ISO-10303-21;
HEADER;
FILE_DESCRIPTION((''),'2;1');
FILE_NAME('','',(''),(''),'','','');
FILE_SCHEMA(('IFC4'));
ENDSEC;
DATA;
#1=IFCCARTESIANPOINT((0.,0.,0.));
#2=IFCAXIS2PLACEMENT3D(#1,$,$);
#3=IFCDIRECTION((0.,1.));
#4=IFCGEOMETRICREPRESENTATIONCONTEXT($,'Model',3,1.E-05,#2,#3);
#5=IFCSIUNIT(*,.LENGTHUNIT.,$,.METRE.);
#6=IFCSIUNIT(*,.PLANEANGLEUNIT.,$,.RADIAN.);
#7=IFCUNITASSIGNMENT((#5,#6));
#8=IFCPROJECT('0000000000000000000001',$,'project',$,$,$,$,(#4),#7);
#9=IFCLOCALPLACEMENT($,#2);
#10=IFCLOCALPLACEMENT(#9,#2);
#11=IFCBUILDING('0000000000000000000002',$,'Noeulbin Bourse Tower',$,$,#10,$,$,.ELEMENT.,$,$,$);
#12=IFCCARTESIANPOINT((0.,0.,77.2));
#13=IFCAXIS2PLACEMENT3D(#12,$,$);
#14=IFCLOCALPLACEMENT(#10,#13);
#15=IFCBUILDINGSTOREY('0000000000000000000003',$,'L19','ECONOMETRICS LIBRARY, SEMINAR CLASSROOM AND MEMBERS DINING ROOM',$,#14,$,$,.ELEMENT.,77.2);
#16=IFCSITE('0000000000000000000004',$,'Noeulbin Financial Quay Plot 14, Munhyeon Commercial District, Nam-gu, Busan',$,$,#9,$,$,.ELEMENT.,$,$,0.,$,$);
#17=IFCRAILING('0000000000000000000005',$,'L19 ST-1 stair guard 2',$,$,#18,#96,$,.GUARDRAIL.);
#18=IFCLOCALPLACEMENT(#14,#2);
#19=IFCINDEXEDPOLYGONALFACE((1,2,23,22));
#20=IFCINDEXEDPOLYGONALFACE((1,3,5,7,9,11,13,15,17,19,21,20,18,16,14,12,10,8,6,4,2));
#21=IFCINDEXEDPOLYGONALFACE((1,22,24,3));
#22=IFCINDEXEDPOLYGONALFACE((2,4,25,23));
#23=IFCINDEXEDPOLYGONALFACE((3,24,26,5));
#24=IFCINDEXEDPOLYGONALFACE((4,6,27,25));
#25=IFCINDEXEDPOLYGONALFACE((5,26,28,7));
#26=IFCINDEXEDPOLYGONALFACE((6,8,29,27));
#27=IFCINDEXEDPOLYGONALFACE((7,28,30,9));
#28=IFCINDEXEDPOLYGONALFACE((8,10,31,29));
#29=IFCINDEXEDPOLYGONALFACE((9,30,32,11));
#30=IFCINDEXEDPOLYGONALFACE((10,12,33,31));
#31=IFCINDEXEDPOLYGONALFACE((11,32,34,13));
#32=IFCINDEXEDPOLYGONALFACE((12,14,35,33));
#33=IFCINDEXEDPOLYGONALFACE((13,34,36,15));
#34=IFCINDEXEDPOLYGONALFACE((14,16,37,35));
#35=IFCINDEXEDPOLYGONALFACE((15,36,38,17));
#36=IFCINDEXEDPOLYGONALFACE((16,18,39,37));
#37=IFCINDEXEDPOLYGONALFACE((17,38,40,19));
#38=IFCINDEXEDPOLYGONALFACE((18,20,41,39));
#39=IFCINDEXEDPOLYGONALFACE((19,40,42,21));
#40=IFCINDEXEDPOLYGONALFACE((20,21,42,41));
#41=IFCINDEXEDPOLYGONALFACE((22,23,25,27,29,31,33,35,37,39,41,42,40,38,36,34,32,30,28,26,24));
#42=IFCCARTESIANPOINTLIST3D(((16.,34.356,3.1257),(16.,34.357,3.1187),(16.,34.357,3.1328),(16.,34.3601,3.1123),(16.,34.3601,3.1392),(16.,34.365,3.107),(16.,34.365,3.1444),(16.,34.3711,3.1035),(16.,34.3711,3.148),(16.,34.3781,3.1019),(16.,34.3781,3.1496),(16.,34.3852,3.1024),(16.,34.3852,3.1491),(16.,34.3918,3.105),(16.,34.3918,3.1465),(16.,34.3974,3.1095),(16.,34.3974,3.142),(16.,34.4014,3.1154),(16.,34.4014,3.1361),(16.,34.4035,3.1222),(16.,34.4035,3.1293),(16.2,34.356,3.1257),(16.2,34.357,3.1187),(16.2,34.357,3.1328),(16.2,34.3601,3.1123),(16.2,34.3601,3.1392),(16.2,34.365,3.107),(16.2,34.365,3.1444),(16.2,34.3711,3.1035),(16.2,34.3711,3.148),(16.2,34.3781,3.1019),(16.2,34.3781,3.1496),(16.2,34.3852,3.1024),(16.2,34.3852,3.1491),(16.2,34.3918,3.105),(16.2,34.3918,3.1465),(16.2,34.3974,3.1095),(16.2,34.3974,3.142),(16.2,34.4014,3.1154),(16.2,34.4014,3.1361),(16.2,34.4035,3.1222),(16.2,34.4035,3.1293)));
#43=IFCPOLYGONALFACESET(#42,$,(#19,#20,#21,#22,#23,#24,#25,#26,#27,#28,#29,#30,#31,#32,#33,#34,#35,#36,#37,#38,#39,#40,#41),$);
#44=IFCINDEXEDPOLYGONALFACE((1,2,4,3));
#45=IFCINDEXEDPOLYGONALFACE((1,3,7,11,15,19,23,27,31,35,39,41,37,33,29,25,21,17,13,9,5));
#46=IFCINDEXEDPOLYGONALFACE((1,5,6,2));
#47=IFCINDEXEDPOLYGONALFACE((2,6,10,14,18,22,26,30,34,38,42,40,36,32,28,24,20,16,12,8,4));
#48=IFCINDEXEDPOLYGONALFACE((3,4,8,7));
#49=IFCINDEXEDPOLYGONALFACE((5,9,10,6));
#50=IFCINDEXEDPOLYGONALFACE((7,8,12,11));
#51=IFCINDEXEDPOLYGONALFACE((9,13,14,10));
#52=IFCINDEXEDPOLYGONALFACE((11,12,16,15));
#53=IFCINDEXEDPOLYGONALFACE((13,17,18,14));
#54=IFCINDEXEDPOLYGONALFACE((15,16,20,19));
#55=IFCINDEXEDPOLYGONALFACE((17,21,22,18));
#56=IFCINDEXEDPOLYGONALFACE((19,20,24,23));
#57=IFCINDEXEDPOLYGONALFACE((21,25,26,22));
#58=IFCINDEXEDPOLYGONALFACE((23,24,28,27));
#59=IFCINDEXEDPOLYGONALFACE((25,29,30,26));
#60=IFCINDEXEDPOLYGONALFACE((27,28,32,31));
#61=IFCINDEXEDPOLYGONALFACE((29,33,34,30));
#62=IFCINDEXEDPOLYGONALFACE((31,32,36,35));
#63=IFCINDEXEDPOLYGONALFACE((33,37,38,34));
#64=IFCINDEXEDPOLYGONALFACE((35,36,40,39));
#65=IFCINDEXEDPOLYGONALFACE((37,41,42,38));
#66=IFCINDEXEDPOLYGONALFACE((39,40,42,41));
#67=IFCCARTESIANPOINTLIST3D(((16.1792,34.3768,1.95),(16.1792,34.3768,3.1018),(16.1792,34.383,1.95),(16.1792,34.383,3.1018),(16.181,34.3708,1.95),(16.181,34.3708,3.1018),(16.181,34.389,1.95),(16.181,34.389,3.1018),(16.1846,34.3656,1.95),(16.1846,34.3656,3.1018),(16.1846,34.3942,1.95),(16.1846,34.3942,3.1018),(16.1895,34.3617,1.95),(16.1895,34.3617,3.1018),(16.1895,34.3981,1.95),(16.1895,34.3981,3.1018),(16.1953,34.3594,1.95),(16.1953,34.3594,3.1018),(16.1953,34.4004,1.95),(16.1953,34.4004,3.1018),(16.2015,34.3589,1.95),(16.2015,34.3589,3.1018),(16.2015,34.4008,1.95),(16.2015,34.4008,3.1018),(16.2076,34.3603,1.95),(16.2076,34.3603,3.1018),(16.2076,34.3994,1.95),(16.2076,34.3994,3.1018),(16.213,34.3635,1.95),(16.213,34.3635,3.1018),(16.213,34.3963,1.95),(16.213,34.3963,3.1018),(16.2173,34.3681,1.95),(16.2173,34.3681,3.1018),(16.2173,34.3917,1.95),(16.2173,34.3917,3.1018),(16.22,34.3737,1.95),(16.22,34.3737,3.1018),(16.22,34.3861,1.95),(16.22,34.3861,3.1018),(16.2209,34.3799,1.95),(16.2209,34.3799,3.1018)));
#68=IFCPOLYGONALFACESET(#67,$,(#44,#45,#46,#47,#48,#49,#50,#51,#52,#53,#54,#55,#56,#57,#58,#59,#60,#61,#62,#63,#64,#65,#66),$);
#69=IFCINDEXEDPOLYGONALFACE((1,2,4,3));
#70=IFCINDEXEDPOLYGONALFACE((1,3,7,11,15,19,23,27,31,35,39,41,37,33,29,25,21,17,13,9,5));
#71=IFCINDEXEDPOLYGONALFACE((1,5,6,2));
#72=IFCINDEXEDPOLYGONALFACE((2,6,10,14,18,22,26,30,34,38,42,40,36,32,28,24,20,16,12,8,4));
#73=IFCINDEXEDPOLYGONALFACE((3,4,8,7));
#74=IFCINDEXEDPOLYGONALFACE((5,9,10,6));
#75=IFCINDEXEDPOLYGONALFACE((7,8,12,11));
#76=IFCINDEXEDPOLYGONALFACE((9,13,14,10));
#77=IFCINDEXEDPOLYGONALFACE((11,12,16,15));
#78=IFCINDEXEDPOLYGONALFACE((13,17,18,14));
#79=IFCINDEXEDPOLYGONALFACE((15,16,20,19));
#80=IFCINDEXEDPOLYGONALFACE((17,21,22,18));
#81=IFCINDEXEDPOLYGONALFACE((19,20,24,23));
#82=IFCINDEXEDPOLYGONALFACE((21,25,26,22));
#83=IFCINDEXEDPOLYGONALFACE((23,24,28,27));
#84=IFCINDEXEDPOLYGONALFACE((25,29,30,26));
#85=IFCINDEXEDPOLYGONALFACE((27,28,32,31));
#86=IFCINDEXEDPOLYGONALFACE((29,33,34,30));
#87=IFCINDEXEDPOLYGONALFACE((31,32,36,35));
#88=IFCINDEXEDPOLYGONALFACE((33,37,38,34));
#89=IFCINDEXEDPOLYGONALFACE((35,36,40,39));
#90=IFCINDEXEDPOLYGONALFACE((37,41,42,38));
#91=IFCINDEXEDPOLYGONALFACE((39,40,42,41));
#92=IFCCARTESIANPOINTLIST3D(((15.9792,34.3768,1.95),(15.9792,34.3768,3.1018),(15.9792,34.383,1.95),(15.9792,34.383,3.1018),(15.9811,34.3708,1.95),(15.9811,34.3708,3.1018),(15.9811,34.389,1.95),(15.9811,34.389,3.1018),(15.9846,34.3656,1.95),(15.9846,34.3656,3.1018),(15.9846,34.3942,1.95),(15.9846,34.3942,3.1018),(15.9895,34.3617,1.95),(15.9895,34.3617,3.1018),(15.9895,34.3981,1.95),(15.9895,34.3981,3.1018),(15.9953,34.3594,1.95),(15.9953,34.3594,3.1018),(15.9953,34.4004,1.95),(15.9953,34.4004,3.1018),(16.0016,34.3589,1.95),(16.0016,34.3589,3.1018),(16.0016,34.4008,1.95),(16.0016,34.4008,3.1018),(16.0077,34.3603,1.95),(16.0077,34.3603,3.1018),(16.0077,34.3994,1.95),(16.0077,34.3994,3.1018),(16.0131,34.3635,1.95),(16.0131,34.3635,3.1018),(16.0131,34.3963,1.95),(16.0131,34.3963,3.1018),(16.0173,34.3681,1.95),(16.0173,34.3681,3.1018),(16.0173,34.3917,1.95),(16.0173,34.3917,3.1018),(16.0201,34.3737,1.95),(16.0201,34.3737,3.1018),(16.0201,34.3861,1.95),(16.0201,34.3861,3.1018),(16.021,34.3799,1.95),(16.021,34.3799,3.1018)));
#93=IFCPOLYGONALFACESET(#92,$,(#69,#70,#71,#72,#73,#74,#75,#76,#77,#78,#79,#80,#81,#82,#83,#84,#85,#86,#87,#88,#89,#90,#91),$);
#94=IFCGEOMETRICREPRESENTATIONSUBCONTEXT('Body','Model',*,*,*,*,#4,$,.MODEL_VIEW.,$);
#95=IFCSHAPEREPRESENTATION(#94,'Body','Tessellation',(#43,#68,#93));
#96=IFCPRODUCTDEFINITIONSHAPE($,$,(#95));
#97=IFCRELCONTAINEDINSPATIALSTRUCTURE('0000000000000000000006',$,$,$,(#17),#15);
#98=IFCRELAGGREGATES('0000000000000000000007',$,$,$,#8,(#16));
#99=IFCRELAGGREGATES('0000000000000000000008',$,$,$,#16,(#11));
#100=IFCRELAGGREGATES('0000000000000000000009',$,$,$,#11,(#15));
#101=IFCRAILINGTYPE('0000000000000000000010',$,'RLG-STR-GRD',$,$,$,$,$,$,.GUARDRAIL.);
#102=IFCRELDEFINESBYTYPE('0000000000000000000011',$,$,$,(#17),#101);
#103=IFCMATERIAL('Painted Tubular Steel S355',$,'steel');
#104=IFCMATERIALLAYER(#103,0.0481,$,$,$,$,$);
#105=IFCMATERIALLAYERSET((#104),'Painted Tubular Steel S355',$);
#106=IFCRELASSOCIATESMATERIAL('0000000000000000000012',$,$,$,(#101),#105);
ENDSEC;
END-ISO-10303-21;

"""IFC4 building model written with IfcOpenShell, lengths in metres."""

from ifc_helpers import new_model, si_unit, direction, frame, origin, origin_2d, place, context, subcontext, project, spatial, circle, extrude, material, layer, layer_set, type_object, element, save


model = new_model("IFC4")

# Units and contexts
model_context = context("Model", 3, precision=1e-05, world=origin(), true_north=direction((0.0, 1.0)))
body_context = subcontext(model_context, "Body", "Model", "MODEL_VIEW")
ifc_project = project(units=[si_unit("LENGTHUNIT", "METRE"), si_unit("PLANEANGLEUNIT", "RADIAN")], contexts=[model_context])

# Site, building, storey
site_placement = place(None, origin())
site = spatial("IfcSite", under=ifc_project, at=site_placement, Name="Noeulbin Financial Quay Plot 14, Munhyeon Commercial District, Nam-gu, Busan", CompositionType="ELEMENT", RefElevation=0.0)
building_placement = place(site_placement, origin())
building = spatial("IfcBuilding", under=site, at=building_placement, Name="Noeulbin Bourse Tower", CompositionType="ELEMENT")
storey_placement = place(building_placement, frame((0.0, 0.0, 77.2)))
storey = spatial("IfcBuildingStorey", under=building, at=storey_placement, Name="L19", Description="ECONOMETRICS LIBRARY, SEMINAR CLASSROOM AND MEMBERS DINING ROOM", CompositionType="ELEMENT", Elevation=77.2)

# Railing
ifc_material_1 = material(Name="Painted Tubular Steel S355", Category="steel")
ifc_layer_1 = layer(ifc_material_1, 0.0481)
ifc_layer_set_1 = layer_set([ifc_layer_1], Name="Painted Tubular Steel S355")
railing_type_1 = type_object("IfcRailingType", Name="RLG-STR-GRD", PredefinedType="GUARDRAIL", material=ifc_layer_set_1)
railing_1_placement = place(storey_placement, frame((16.2, 34.3799, 1.95)))
element("IfcRailing", 1, at=railing_1_placement, inside=storey, type_object=railing_type_1, Name="L19 ST-1 stair guard 2", PredefinedType="GUARDRAIL", context=body_context, shape_type="SweptSolid", body=[
    extrude(circle(Radius=0.0239, at=origin_2d()), frame((0.0, 0.0, 1.1758), z_axis=(-1.0, 0.0, 0.0), x_axis=(0.0, -1.0, 0.0)), (0.0, 0.0, 1.0), 0.2),
    extrude(circle(Radius=0.021, at=origin_2d()), origin(), (0.0, 0.0, 1.0), 1.1519),
    extrude(circle(Radius=0.021, at=origin_2d()), frame((-0.2, 0.0, 0.0)), (0.0, 0.0, 1.0), 1.1519),
])

save(model, "model.ifc")
